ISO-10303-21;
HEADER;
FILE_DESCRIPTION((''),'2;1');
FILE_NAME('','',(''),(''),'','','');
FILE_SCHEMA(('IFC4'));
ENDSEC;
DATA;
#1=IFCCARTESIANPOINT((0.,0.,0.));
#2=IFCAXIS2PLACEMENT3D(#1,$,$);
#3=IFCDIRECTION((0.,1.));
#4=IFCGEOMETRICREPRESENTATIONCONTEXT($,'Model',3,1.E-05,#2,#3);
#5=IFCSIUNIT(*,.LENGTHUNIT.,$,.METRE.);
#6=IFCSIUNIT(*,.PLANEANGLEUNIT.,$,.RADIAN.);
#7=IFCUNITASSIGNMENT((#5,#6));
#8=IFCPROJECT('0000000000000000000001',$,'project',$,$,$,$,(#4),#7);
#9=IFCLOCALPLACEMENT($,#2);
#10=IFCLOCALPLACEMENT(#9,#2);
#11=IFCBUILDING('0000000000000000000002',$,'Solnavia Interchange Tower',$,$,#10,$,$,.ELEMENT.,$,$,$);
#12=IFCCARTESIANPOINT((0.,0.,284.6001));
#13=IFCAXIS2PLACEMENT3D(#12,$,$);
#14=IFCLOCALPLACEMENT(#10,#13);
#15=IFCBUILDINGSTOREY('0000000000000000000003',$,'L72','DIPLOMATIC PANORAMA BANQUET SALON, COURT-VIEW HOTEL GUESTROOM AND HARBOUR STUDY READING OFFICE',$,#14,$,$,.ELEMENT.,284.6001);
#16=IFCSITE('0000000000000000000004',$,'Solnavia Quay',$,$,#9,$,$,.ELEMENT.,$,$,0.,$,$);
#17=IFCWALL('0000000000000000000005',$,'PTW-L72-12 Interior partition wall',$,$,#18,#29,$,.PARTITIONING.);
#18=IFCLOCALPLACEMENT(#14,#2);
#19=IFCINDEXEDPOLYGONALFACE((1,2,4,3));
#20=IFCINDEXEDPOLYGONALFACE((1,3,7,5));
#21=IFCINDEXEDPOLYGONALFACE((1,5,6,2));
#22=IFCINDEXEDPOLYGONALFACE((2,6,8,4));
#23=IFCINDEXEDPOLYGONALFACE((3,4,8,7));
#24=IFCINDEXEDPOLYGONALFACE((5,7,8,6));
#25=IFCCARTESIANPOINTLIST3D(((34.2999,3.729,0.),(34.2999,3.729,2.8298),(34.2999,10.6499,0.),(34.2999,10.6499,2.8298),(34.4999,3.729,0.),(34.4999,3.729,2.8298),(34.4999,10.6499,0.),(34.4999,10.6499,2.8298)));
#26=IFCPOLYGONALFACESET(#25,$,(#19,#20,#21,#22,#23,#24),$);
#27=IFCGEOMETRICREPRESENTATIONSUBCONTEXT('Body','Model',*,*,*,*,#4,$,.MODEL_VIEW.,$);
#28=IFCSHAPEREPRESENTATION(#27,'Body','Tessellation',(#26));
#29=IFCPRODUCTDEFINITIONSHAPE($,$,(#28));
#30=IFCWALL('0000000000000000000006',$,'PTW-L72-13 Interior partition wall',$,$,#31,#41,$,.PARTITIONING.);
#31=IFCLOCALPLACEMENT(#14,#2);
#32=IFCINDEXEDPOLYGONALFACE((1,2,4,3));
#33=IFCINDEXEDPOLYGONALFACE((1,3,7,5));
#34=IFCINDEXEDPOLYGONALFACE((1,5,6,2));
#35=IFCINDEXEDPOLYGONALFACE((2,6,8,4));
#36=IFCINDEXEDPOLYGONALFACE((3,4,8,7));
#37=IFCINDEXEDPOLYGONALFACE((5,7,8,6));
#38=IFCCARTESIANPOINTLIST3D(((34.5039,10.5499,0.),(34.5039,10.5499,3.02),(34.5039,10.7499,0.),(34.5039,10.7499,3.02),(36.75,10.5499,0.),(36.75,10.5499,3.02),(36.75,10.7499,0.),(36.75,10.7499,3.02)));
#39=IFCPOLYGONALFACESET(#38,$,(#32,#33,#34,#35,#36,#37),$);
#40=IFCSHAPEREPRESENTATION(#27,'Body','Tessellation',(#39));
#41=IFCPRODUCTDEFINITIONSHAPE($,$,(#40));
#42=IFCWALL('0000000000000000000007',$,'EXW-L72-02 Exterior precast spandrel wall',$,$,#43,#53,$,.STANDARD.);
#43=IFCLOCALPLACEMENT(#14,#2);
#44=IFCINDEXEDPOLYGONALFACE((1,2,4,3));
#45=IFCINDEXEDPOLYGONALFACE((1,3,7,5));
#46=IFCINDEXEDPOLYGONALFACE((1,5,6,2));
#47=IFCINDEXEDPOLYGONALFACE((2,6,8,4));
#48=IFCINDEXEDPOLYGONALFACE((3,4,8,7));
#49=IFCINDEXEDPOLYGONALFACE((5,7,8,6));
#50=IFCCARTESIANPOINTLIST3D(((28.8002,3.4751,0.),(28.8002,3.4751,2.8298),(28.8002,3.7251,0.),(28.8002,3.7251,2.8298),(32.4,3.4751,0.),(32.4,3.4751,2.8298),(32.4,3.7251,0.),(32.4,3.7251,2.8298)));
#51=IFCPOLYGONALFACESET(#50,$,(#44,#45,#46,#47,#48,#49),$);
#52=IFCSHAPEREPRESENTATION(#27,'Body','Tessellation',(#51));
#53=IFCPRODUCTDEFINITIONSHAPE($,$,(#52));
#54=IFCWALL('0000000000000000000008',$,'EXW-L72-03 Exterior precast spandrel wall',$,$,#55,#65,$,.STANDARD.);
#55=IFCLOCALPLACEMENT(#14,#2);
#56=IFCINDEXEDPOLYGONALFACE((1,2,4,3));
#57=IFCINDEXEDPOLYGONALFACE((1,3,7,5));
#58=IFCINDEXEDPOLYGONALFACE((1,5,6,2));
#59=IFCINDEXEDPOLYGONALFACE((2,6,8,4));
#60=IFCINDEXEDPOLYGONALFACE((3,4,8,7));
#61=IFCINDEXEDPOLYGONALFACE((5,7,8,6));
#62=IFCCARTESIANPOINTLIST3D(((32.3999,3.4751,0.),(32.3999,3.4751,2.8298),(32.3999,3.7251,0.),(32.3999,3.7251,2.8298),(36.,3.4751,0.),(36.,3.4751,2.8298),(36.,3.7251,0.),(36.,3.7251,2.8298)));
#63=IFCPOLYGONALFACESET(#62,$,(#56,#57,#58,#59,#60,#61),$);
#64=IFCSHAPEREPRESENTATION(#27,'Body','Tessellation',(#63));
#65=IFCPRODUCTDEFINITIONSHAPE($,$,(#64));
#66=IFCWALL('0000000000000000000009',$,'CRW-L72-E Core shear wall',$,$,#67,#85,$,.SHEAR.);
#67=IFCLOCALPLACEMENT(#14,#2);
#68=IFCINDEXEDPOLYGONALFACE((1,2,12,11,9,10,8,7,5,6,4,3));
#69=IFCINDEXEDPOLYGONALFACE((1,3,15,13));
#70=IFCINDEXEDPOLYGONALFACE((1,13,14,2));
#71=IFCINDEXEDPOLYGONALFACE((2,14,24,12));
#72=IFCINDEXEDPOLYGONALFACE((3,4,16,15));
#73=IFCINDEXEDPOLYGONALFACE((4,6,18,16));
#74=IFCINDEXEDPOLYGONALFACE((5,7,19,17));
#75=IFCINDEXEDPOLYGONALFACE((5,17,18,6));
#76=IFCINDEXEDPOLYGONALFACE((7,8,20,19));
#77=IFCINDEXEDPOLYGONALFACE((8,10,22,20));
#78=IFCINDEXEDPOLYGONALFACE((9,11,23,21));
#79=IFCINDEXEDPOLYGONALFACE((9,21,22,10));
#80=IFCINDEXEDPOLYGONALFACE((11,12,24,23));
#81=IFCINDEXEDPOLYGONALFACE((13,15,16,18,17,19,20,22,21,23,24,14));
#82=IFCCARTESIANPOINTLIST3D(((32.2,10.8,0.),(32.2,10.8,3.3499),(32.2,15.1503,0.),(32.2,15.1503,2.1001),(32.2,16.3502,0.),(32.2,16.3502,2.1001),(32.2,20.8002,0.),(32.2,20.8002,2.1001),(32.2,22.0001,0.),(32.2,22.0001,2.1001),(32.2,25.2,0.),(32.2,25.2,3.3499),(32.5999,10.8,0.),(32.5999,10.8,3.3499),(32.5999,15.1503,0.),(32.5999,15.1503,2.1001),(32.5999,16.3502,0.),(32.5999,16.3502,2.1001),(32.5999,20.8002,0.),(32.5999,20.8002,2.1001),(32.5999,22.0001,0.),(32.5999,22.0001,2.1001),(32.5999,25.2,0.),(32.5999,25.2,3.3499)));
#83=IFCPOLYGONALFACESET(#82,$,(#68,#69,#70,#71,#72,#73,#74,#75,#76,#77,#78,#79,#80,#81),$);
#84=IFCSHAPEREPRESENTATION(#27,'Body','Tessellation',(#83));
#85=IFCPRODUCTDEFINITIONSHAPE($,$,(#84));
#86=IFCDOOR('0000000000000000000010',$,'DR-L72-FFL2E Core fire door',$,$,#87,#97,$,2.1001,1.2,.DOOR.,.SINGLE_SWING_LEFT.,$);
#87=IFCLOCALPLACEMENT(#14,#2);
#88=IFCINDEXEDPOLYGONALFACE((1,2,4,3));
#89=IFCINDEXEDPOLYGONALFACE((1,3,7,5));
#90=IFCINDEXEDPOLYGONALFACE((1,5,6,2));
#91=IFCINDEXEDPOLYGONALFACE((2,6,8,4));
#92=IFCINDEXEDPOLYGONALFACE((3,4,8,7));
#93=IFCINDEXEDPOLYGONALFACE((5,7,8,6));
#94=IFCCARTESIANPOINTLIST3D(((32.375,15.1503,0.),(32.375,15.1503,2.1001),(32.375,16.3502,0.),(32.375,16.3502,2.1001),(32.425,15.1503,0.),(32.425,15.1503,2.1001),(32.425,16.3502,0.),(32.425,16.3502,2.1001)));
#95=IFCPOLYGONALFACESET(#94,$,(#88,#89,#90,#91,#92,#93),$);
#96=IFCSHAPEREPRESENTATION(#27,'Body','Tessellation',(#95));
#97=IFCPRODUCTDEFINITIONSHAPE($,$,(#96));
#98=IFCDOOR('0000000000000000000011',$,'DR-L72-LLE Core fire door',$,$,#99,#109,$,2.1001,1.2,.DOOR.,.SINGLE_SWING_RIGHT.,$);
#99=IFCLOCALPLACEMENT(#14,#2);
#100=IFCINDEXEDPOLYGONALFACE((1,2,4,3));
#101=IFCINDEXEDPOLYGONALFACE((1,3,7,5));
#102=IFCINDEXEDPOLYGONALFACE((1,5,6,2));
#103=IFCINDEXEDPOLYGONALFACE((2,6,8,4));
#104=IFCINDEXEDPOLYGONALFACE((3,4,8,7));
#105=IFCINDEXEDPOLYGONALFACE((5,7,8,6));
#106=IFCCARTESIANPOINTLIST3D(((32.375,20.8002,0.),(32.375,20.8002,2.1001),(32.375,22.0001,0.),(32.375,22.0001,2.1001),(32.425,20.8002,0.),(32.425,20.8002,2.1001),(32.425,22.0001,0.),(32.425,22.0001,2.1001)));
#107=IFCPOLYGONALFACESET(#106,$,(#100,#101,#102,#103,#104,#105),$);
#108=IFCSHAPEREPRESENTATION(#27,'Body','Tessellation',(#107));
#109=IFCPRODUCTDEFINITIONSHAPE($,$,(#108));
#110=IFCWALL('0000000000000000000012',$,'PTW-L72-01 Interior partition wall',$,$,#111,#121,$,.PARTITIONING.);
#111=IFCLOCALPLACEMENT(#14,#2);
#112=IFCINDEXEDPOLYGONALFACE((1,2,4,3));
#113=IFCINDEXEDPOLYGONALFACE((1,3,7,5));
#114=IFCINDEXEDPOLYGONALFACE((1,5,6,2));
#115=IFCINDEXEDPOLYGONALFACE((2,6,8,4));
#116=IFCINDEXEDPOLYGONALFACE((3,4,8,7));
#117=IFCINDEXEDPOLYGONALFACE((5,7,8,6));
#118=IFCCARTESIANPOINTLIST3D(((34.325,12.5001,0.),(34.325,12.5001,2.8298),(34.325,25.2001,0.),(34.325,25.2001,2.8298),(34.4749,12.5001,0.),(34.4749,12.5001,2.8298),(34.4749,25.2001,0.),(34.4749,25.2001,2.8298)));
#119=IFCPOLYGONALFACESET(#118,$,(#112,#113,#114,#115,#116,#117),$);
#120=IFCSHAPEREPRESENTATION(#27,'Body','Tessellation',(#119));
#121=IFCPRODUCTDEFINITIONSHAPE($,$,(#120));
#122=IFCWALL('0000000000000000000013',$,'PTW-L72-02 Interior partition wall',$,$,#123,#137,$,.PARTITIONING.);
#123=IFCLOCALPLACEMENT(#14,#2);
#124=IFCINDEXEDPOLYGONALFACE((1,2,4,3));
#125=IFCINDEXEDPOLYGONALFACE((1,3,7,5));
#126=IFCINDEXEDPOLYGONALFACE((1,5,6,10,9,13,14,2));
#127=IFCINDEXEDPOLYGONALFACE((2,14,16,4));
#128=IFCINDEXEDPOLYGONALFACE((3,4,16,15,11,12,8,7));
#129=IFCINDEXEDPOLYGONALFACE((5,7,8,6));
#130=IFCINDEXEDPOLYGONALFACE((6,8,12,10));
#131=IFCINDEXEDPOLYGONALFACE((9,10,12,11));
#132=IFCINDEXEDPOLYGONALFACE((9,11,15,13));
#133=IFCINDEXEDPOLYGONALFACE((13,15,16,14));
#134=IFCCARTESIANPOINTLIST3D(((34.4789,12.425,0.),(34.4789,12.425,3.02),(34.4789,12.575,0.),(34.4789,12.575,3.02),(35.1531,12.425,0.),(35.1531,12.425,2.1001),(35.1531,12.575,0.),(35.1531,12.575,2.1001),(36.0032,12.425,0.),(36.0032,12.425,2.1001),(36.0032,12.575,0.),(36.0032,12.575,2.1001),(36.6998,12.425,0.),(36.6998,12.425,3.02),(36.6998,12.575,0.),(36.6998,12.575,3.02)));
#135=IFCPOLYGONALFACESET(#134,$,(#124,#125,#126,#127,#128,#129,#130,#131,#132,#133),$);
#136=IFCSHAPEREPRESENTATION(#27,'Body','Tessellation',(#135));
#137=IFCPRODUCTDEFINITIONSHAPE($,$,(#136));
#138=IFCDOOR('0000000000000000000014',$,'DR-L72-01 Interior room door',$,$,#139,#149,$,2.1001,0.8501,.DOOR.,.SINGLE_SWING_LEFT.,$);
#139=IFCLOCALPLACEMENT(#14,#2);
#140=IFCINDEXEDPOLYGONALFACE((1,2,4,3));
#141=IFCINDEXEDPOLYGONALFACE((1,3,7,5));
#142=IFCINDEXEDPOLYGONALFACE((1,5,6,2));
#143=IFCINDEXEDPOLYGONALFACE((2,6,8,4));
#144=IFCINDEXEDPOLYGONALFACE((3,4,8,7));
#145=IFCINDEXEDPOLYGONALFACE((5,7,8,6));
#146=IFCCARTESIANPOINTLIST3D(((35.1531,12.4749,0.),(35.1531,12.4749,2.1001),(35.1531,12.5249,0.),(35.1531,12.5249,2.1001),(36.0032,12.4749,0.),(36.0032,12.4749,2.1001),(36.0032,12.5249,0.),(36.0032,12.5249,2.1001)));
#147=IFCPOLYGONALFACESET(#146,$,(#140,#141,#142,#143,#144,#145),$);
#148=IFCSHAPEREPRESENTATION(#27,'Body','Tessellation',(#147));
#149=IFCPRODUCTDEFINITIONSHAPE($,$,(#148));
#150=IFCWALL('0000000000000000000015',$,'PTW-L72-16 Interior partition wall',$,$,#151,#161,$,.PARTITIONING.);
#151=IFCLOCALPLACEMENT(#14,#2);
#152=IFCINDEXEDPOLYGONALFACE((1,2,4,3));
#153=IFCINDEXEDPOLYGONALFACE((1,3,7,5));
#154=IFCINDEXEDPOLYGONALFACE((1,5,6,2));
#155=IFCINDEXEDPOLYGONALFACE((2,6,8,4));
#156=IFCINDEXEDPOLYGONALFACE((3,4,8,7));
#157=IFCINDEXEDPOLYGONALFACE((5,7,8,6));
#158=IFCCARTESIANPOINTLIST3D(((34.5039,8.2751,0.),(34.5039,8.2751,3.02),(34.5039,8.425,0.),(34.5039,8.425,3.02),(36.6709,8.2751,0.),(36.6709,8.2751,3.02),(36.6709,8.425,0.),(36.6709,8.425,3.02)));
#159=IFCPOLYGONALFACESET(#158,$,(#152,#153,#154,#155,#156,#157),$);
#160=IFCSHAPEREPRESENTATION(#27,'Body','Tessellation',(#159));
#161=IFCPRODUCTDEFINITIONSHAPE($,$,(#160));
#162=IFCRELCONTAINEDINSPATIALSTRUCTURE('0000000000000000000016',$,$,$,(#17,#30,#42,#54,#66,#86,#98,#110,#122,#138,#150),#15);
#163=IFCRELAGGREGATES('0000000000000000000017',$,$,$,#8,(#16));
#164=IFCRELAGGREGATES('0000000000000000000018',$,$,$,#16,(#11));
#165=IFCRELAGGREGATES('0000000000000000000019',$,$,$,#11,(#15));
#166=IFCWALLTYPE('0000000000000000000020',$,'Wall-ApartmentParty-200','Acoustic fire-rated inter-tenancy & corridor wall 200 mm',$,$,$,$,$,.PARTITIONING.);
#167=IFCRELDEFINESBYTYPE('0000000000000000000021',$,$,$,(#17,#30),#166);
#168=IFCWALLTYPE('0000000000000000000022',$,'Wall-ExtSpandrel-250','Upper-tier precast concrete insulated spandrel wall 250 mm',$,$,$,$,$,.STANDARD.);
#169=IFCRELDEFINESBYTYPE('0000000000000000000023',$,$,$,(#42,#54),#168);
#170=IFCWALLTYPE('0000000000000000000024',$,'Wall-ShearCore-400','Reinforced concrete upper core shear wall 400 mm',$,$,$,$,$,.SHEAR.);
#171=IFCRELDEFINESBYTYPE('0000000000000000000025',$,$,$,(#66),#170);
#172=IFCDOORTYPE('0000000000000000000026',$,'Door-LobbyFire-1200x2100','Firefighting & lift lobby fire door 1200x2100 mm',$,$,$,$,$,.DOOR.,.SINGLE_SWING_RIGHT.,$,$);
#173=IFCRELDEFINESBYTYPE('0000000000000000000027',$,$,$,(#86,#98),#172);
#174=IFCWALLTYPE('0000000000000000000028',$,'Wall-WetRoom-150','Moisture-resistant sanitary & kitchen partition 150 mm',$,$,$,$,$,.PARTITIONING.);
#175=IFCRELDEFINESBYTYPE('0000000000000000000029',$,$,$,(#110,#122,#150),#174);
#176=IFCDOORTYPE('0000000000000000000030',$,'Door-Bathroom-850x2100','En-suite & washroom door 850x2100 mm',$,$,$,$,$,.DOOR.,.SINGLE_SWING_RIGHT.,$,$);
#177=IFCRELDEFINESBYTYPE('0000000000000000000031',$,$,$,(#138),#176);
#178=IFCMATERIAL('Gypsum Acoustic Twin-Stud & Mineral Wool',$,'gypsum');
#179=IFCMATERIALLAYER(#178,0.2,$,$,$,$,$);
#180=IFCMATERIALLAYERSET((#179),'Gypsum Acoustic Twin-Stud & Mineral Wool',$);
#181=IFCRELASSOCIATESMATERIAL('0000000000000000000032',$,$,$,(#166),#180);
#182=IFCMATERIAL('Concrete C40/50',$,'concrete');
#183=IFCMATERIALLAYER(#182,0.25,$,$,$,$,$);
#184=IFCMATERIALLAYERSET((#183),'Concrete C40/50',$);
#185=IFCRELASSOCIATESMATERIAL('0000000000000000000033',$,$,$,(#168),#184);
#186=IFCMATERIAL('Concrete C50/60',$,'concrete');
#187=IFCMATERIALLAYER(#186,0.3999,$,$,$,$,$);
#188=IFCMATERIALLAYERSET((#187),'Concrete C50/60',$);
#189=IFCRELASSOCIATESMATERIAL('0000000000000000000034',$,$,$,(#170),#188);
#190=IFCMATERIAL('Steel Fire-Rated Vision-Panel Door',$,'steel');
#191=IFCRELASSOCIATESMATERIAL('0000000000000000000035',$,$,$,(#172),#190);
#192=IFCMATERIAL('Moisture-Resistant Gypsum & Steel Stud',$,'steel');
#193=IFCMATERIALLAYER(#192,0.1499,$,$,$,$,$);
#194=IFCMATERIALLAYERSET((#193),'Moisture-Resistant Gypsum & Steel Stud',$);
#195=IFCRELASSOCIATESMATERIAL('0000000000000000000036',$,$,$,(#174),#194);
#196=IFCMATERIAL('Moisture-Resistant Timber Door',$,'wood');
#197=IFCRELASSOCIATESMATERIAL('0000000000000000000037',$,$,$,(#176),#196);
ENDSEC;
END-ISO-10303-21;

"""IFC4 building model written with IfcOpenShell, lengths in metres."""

from ifc_helpers import new_model, si_unit, direction, frame, frame_2d, origin, place, context, subcontext, project, spatial, rectangle, extrude, material, layer, layer_set, type_object, element, fill, save


model = new_model("IFC4")

# Units and contexts
model_context = context("Model", 3, precision=1e-05, world=origin(), true_north=direction((0.0, 1.0)))
body_context = subcontext(model_context, "Body", "Model", "MODEL_VIEW")
ifc_project = project(units=[si_unit("LENGTHUNIT", "METRE"), si_unit("PLANEANGLEUNIT", "RADIAN")], contexts=[model_context])

# Site, building, storey
site_placement = place(None, origin())
site = spatial("IfcSite", under=ifc_project, at=site_placement, Name="Solnavia Quay", CompositionType="ELEMENT", RefElevation=0.0)
building_placement = place(site_placement, origin())
building = spatial("IfcBuilding", under=site, at=building_placement, Name="Solnavia Interchange Tower", CompositionType="ELEMENT")
storey_placement = place(building_placement, frame((0.0, 0.0, 284.6001)))
storey = spatial("IfcBuildingStorey", under=building, at=storey_placement, Name="L72", Description="DIPLOMATIC PANORAMA BANQUET SALON, COURT-VIEW HOTEL GUESTROOM AND HARBOUR STUDY READING OFFICE", CompositionType="ELEMENT", Elevation=284.6001)

# Shared definitions
ifc_material_1 = material(Name="Concrete C50/60", Category="concrete")

# Walls
ifc_material_2 = material(Name="Gypsum Acoustic Twin-Stud & Mineral Wool", Category="gypsum")
ifc_layer_1 = layer(ifc_material_2, 0.2)
ifc_layer_set_1 = layer_set([ifc_layer_1], Name="Gypsum Acoustic Twin-Stud & Mineral Wool")
wall_type_1 = type_object("IfcWallType", Name="Wall-ApartmentParty-200", Description="Acoustic fire-rated inter-tenancy & corridor wall 200 mm", PredefinedType="PARTITIONING", material=ifc_layer_set_1)
wall_1_placement = place(storey_placement, frame((34.3999, 3.729, 0.0), z_axis=(0.0, 0.0, 1.0), x_axis=(0.0, 1.0, 0.0)))
element("IfcWall", 1, at=wall_1_placement, inside=storey, type_object=wall_type_1, Name="PTW-L72-12 Interior partition wall", PredefinedType="PARTITIONING", context=body_context, shape_type="SweptSolid", body=[
    extrude(rectangle(XDim=6.9209, YDim=0.2, at=frame_2d((3.4604, 0.0))), origin(), (0.0, 0.0, 1.0), 2.8298),
])
wall_2_placement = place(storey_placement, frame((34.5039, 10.6499, 0.0), z_axis=(0.0, 0.0, 1.0), x_axis=(1.0, 0.0, 0.0)))
element("IfcWall", 2, at=wall_2_placement, inside=storey, type_object=wall_type_1, Name="PTW-L72-13 Interior partition wall", PredefinedType="PARTITIONING", context=body_context, shape_type="SweptSolid", body=[
    extrude(rectangle(XDim=2.2461, YDim=0.2, at=frame_2d((1.123, 0.0))), origin(), (0.0, 0.0, 1.0), 3.02),
])
ifc_material_3 = material(Name="Concrete C40/50", Category="concrete")
ifc_layer_2 = layer(ifc_material_3, 0.25)
ifc_layer_set_2 = layer_set([ifc_layer_2], Name="Concrete C40/50")
wall_type_2 = type_object("IfcWallType", Name="Wall-ExtSpandrel-250", Description="Upper-tier precast concrete insulated spandrel wall 250 mm", PredefinedType="STANDARD", material=ifc_layer_set_2)
wall_3_placement = place(storey_placement, frame((32.3999, 3.6001, 0.0), z_axis=(0.0, 0.0, 1.0), x_axis=(-1.0, 0.0, 0.0)))
element("IfcWall", 3, at=wall_3_placement, inside=storey, type_object=wall_type_2, Name="EXW-L72-02 Exterior precast spandrel wall", PredefinedType="STANDARD", context=body_context, shape_type="SweptSolid", body=[
    extrude(rectangle(XDim=3.5999, YDim=0.25, at=frame_2d((1.7998, 0.0))), origin(), (0.0, 0.0, 1.0), 2.8298),
])
wall_4_placement = place(storey_placement, frame((36.0, 3.6001, 0.0), z_axis=(0.0, 0.0, 1.0), x_axis=(-1.0, 0.0, 0.0)))
element("IfcWall", 4, at=wall_4_placement, inside=storey, type_object=wall_type_2, Name="EXW-L72-03 Exterior precast spandrel wall", PredefinedType="STANDARD", context=body_context, shape_type="SweptSolid", body=[
    extrude(rectangle(XDim=3.6001, YDim=0.25, at=frame_2d((1.8, 0.0))), origin(), (0.0, 0.0, 1.0), 2.8298),
])

# Wall, openings, doors
ifc_layer_3 = layer(ifc_material_1, 0.3999)
ifc_layer_set_3 = layer_set([ifc_layer_3], Name="Concrete C50/60")
wall_type_3 = type_object("IfcWallType", Name="Wall-ShearCore-400", Description="Reinforced concrete upper core shear wall 400 mm", PredefinedType="SHEAR", material=ifc_layer_set_3)
wall_5_placement = place(storey_placement, frame((32.3999, 10.8, 0.0), z_axis=(0.0, 0.0, 1.0), x_axis=(0.0, 1.0, 0.0)))
wall_5 = element("IfcWall", 5, at=wall_5_placement, inside=storey, type_object=wall_type_3, Name="CRW-L72-E Core shear wall", PredefinedType="SHEAR", context=body_context, shape_type="SweptSolid", body=[
    extrude(rectangle(XDim=14.3999, YDim=0.3999, at=frame_2d((7.2, 0.0))), origin(), (0.0, 0.0, 1.0), 3.3499),
])
opening_1_placement = place(wall_5_placement, frame((4.3501, 0.0, 0.0)))
opening_1 = element("IfcOpeningElement", 6, at=opening_1_placement, cuts=wall_5, PredefinedType="OPENING", context=body_context, shape_type="SweptSolid", body=[
    extrude(rectangle(XDim=1.2, YDim=2.1001, at=frame_2d((0.6001, 1.05))), frame((0.0, 0.21, 0.0), z_axis=(0.0, -1.0, 0.0), x_axis=(1.0, 0.0, 0.0)), (0.0, 0.0, 1.0), 0.4199),
])
opening_2_placement = place(wall_5_placement, frame((10.0, 0.0, 0.0)))
opening_2 = element("IfcOpeningElement", 7, at=opening_2_placement, cuts=wall_5, PredefinedType="OPENING", context=body_context, shape_type="SweptSolid", body=[
    extrude(rectangle(XDim=1.2, YDim=2.1001, at=frame_2d((0.6001, 1.05))), frame((0.0, 0.21, 0.0), z_axis=(0.0, -1.0, 0.0), x_axis=(1.0, 0.0, 0.0)), (0.0, 0.0, 1.0), 0.4199),
])
ifc_material_4 = material(Name="Steel Fire-Rated Vision-Panel Door", Category="steel")
door_type_1 = type_object("IfcDoorType", Name="Door-LobbyFire-1200x2100", Description="Firefighting & lift lobby fire door 1200x2100 mm", OperationType="SINGLE_SWING_RIGHT", PredefinedType="DOOR", material=ifc_material_4)
door_1_placement = place(opening_1_placement, origin())
door_1 = element("IfcDoor", 8, at=door_1_placement, inside=storey, type_object=door_type_1, Name="DR-L72-FFL2E Core fire door", OperationType="SINGLE_SWING_LEFT", OverallHeight=2.1001, OverallWidth=1.2, PredefinedType="DOOR", context=body_context, shape_type="SweptSolid", body=[
    extrude(rectangle(XDim=1.2, YDim=2.1001, at=frame_2d((0.6001, 1.05))), frame((0.0, 0.0249, 0.0), z_axis=(0.0, -1.0, 0.0), x_axis=(1.0, 0.0, 0.0)), (0.0, 0.0, 1.0), 0.05),
])
fill(opening_1, door_1)
door_2_placement = place(opening_2_placement, origin())
door_2 = element("IfcDoor", 9, at=door_2_placement, inside=storey, type_object=door_type_1, Name="DR-L72-LLE Core fire door", OperationType="SINGLE_SWING_RIGHT", OverallHeight=2.1001, OverallWidth=1.2, PredefinedType="DOOR", context=body_context, shape_type="SweptSolid", body=[
    extrude(rectangle(XDim=1.2, YDim=2.1001, at=frame_2d((0.6001, 1.05))), frame((0.0, 0.0249, 0.0), z_axis=(0.0, -1.0, 0.0), x_axis=(1.0, 0.0, 0.0)), (0.0, 0.0, 1.0), 0.05),
])
fill(opening_2, door_2)

# Wall
ifc_material_5 = material(Name="Moisture-Resistant Gypsum & Steel Stud", Category="steel")
ifc_layer_4 = layer(ifc_material_5, 0.1499)
ifc_layer_set_4 = layer_set([ifc_layer_4], Name="Moisture-Resistant Gypsum & Steel Stud")
wall_type_4 = type_object("IfcWallType", Name="Wall-WetRoom-150", Description="Moisture-resistant sanitary & kitchen partition 150 mm", PredefinedType="PARTITIONING", material=ifc_layer_set_4)
wall_6_placement = place(storey_placement, frame((34.3999, 12.5, 0.0), z_axis=(0.0, 0.0, 1.0), x_axis=(0.0, 1.0, 0.0)))
element("IfcWall", 10, at=wall_6_placement, inside=storey, type_object=wall_type_4, Name="PTW-L72-01 Interior partition wall", PredefinedType="PARTITIONING", context=body_context, shape_type="SweptSolid", body=[
    extrude(rectangle(XDim=12.7, YDim=0.1499, at=frame_2d((6.3501, 0.0))), origin(), (0.0, 0.0, 1.0), 2.8298),
])

# Wall, opening, door
wall_7_placement = place(storey_placement, frame((34.479, 12.5, 0.0), z_axis=(0.0, 0.0, 1.0), x_axis=(1.0, 0.0, 0.0)))
wall_7 = element("IfcWall", 11, at=wall_7_placement, inside=storey, type_object=wall_type_4, Name="PTW-L72-02 Interior partition wall", PredefinedType="PARTITIONING", context=body_context, shape_type="SweptSolid", body=[
    extrude(rectangle(XDim=2.2209, YDim=0.1499, at=frame_2d((1.1104, 0.0))), origin(), (0.0, 0.0, 1.0), 3.02),
])
opening_3_placement = place(wall_7_placement, frame((0.6741, 0.0, 0.0)))
opening_3 = element("IfcOpeningElement", 12, at=opening_3_placement, cuts=wall_7, PredefinedType="OPENING", context=body_context, shape_type="SweptSolid", body=[
    extrude(rectangle(XDim=0.8501, YDim=2.1001, at=frame_2d((0.425, 1.05))), frame((0.0, 0.085, 0.0), z_axis=(0.0, -1.0, 0.0), x_axis=(1.0, 0.0, 0.0)), (0.0, 0.0, 1.0), 0.1699),
])
ifc_material_6 = material(Name="Moisture-Resistant Timber Door", Category="wood")
door_type_2 = type_object("IfcDoorType", Name="Door-Bathroom-850x2100", Description="En-suite & washroom door 850x2100 mm", OperationType="SINGLE_SWING_RIGHT", PredefinedType="DOOR", material=ifc_material_6)
door_3_placement = place(opening_3_placement, origin())
door_3 = element("IfcDoor", 13, at=door_3_placement, inside=storey, type_object=door_type_2, Name="DR-L72-01 Interior room door", OperationType="SINGLE_SWING_LEFT", OverallHeight=2.1001, OverallWidth=0.8501, PredefinedType="DOOR", context=body_context, shape_type="SweptSolid", body=[
    extrude(rectangle(XDim=0.8501, YDim=2.1001, at=frame_2d((0.425, 1.05))), frame((0.0, 0.0249, 0.0), z_axis=(0.0, -1.0, 0.0), x_axis=(1.0, 0.0, 0.0)), (0.0, 0.0, 1.0), 0.05),
])
fill(opening_3, door_3)

# Wall
wall_8_placement = place(storey_placement, frame((34.5039, 8.3501, 0.0), z_axis=(0.0, 0.0, 1.0), x_axis=(1.0, 0.0, 0.0)))
element("IfcWall", 14, at=wall_8_placement, inside=storey, type_object=wall_type_4, Name="PTW-L72-16 Interior partition wall", PredefinedType="PARTITIONING", context=body_context, shape_type="SweptSolid", body=[
    extrude(rectangle(XDim=2.167, YDim=0.1499, at=frame_2d((1.0835, 0.0))), origin(), (0.0, 0.0, 1.0), 3.02),
])

save(model, "model.ifc")
